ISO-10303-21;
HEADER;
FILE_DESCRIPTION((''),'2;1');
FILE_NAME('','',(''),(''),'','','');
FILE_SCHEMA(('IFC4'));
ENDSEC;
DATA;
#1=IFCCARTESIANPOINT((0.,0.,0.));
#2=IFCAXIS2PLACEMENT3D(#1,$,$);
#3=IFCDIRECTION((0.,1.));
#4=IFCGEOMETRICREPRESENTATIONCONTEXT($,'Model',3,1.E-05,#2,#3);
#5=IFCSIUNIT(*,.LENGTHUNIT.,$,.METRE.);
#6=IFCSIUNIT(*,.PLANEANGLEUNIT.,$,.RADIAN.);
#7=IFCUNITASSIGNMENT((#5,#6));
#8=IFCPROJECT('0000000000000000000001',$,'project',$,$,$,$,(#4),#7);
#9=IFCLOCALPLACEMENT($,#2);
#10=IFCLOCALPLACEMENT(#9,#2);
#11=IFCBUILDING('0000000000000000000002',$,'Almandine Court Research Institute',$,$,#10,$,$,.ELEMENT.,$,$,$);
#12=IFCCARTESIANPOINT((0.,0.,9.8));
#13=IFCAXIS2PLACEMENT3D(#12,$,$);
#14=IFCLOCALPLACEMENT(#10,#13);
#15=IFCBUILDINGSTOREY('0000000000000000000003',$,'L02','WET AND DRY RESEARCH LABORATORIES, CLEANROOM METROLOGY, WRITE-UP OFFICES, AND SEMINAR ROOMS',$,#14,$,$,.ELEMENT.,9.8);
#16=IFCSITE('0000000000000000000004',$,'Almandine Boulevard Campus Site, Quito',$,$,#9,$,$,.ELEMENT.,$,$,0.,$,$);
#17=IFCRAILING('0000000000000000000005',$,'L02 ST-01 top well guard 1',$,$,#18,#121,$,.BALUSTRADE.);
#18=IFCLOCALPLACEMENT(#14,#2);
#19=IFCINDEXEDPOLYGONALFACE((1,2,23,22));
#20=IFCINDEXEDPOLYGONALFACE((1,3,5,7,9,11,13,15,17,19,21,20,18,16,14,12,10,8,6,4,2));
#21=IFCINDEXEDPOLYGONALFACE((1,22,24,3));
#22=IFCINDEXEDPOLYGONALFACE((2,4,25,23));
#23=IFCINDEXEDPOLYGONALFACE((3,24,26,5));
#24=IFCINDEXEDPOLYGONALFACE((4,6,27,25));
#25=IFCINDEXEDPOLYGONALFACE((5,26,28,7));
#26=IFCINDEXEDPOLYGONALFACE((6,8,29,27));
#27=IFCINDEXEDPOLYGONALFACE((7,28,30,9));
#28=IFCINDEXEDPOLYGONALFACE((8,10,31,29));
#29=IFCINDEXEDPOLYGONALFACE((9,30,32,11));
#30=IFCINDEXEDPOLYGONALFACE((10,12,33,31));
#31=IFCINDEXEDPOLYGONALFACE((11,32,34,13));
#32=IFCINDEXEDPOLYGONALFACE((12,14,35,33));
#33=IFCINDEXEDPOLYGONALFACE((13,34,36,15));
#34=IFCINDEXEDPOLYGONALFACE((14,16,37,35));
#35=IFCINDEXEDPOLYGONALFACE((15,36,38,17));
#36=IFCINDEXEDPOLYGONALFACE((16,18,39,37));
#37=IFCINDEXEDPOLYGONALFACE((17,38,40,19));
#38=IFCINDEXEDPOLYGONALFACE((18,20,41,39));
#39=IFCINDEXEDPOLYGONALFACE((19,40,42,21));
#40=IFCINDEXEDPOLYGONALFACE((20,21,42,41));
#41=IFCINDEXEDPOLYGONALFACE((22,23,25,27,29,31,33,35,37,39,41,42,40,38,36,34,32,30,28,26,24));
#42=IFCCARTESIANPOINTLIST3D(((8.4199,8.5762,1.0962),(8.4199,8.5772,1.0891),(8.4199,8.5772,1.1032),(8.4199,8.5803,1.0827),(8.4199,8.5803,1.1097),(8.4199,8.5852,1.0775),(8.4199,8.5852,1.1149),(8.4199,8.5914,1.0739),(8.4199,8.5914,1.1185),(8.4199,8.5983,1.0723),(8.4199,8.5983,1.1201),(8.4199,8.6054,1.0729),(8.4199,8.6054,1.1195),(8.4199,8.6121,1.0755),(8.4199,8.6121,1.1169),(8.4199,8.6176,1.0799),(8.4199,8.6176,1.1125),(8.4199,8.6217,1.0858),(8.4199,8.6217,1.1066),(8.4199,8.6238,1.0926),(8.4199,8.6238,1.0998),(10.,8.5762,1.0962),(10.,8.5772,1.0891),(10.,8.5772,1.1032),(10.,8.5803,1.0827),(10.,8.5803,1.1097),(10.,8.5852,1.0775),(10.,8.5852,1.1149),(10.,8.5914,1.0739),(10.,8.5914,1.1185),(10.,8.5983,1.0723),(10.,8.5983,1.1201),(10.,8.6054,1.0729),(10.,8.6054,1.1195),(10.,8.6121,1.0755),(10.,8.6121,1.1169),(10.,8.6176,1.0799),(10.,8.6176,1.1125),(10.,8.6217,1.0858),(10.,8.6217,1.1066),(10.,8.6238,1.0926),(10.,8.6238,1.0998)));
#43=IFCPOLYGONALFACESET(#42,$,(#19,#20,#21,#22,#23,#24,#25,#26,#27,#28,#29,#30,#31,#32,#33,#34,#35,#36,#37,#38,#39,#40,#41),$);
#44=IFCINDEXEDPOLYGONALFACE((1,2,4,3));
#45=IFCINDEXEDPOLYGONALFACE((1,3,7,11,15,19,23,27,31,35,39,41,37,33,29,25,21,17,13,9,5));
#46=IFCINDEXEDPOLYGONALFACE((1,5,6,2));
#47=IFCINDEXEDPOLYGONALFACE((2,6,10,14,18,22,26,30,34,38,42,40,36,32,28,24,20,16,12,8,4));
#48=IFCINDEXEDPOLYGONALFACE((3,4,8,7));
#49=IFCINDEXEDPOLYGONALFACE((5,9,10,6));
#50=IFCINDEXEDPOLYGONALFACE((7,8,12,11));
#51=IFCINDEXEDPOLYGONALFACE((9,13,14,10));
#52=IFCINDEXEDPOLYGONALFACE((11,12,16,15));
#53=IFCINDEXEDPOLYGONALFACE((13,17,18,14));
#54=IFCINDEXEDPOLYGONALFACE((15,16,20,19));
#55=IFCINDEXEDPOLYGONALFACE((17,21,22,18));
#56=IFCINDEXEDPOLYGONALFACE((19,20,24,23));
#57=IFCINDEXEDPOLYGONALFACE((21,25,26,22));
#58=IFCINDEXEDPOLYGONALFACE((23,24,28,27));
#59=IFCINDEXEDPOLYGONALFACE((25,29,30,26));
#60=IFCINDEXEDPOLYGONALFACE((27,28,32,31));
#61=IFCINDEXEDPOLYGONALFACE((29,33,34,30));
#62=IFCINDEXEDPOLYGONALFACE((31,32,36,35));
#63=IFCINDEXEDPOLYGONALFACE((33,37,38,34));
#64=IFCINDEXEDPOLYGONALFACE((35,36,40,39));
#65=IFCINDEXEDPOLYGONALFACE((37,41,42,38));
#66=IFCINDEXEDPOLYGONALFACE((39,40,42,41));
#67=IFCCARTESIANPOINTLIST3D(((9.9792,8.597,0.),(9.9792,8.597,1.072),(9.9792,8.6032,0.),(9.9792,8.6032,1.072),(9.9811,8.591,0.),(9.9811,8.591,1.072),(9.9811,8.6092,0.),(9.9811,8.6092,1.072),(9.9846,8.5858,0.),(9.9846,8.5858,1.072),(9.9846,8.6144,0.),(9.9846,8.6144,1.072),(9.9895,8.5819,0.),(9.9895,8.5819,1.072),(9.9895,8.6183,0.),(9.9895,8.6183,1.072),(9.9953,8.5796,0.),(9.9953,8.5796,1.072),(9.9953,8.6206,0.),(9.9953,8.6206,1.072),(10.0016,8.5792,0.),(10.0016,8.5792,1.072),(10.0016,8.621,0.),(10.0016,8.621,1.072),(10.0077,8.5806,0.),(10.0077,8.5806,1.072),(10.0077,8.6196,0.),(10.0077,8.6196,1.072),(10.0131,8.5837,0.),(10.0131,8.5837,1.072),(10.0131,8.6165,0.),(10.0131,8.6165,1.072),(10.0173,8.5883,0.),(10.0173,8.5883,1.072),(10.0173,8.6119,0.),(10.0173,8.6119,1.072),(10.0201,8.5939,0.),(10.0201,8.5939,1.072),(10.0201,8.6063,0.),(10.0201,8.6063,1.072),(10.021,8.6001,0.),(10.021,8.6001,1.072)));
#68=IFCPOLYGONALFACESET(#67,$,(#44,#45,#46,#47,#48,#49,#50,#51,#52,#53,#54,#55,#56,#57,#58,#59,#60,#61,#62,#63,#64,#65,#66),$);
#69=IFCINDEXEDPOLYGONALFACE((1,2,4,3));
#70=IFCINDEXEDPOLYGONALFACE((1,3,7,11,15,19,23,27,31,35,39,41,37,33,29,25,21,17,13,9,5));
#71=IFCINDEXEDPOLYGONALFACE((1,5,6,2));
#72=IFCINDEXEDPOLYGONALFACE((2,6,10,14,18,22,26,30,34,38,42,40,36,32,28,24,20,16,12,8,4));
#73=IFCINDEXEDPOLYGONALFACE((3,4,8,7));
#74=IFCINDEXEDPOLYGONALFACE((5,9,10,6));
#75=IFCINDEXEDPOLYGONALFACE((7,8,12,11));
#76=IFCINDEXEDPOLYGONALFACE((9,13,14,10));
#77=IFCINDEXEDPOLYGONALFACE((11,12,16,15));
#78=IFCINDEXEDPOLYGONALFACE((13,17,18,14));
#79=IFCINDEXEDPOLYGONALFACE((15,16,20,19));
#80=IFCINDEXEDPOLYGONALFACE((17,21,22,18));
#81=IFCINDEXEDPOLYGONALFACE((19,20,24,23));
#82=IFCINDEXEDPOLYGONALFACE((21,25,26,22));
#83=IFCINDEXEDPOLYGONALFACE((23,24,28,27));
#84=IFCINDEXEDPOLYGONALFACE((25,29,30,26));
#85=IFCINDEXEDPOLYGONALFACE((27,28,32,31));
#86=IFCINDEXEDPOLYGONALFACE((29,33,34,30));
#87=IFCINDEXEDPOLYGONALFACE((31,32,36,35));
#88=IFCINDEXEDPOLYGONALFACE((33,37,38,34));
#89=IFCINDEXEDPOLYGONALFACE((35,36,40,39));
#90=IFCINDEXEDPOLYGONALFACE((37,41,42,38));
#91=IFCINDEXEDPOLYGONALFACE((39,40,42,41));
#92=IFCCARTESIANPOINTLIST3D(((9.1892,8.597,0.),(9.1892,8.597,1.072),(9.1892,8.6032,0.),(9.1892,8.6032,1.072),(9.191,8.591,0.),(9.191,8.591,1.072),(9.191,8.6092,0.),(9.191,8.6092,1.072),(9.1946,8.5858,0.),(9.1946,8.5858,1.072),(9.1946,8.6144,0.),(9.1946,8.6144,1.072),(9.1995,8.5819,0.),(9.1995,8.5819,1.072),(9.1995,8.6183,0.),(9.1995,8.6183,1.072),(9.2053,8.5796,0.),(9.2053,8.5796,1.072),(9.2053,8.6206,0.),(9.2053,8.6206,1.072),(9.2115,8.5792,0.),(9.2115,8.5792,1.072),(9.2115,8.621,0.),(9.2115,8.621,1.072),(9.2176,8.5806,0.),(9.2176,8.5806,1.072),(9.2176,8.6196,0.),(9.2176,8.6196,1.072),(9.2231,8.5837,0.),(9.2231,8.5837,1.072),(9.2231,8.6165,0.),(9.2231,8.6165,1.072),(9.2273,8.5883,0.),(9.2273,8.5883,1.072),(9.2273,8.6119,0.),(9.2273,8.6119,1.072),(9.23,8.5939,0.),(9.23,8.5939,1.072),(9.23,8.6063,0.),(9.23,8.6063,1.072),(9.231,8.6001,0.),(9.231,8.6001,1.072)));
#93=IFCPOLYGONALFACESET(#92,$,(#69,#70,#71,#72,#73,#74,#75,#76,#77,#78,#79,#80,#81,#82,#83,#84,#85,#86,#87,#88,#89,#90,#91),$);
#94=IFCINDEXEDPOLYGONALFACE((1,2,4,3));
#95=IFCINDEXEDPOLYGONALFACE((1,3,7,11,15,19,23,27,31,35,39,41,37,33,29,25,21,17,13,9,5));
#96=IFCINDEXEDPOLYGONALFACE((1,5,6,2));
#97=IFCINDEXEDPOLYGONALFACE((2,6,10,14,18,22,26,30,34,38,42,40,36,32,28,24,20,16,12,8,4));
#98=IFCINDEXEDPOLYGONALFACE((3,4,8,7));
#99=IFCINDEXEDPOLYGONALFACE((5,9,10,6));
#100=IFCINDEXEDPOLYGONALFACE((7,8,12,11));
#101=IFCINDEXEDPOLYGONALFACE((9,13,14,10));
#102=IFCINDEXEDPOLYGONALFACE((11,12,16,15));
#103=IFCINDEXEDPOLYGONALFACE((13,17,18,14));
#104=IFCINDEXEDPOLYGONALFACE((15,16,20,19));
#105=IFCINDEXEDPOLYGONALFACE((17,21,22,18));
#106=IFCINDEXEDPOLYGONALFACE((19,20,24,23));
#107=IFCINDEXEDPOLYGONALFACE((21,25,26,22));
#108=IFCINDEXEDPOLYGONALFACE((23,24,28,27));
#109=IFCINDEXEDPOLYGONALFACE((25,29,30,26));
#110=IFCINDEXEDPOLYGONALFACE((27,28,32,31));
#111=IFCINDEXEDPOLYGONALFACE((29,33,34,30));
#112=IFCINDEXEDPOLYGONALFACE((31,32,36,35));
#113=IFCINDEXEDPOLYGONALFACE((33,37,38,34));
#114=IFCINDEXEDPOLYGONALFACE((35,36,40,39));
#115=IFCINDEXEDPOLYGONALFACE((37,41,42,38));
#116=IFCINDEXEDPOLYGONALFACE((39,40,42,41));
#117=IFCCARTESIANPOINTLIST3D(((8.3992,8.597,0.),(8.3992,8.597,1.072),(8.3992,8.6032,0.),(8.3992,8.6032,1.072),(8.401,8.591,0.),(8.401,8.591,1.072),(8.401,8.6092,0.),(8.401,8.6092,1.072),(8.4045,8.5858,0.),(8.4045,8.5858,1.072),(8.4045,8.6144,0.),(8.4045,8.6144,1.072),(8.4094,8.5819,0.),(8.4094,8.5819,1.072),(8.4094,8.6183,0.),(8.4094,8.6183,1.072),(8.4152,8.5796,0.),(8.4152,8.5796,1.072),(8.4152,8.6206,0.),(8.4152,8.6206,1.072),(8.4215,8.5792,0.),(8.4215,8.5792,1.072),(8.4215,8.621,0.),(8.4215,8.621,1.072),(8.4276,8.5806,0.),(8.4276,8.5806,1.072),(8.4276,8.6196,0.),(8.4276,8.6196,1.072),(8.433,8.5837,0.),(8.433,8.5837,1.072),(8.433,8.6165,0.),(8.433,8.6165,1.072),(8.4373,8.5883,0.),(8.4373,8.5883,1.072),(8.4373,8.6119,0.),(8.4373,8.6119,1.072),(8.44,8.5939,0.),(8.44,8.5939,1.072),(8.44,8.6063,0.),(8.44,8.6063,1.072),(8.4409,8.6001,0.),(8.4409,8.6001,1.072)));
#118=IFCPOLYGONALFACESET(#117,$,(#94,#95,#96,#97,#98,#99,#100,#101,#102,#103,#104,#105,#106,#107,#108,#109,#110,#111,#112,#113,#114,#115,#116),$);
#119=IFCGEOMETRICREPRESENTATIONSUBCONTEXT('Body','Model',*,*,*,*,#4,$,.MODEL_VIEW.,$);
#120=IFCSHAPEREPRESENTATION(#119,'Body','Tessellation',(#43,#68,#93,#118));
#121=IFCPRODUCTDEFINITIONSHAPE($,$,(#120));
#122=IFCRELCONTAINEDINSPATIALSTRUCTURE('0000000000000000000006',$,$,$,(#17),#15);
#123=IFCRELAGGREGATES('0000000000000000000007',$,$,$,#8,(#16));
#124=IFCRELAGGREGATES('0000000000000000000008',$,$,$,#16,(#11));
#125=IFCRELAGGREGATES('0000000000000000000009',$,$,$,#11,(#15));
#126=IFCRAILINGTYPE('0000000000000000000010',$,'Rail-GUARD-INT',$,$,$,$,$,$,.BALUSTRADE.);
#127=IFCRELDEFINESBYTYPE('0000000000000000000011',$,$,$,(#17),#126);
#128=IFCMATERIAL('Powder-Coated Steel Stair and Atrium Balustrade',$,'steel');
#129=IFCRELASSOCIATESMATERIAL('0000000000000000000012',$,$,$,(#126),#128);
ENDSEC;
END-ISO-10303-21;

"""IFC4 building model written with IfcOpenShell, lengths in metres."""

from ifc_helpers import new_model, si_unit, direction, frame, origin, origin_2d, place, context, subcontext, project, spatial, circle, extrude, material, type_object, element, save


model = new_model("IFC4")

# Units and contexts
model_context = context("Model", 3, precision=1e-05, world=origin(), true_north=direction((0.0, 1.0)))
body_context = subcontext(model_context, "Body", "Model", "MODEL_VIEW")
ifc_project = project(units=[si_unit("LENGTHUNIT", "METRE"), si_unit("PLANEANGLEUNIT", "RADIAN")], contexts=[model_context])

# Site, building, storey
site_placement = place(None, origin())
site = spatial("IfcSite", under=ifc_project, at=site_placement, Name="Almandine Boulevard Campus Site, Quito", CompositionType="ELEMENT", RefElevation=0.0)
building_placement = place(site_placement, origin())
building = spatial("IfcBuilding", under=site, at=building_placement, Name="Almandine Court Research Institute", CompositionType="ELEMENT")
storey_placement = place(building_placement, frame((0.0, 0.0, 9.8)))
storey = spatial("IfcBuildingStorey", under=building, at=storey_placement, Name="L02", Description="WET AND DRY RESEARCH LABORATORIES, CLEANROOM METROLOGY, WRITE-UP OFFICES, AND SEMINAR ROOMS", CompositionType="ELEMENT", Elevation=9.8)

# Railing
ifc_material_1 = material(Name="Powder-Coated Steel Stair and Atrium Balustrade", Category="steel")
railing_type = type_object("IfcRailingType", Name="Rail-GUARD-INT", PredefinedType="BALUSTRADE", material=ifc_material_1)
railing_placement = place(storey_placement, frame((10.0, 8.6001, 0.0)))
element("IfcRailing", 1, at=railing_placement, inside=storey, type_object=railing_type, Name="L02 ST-01 top well guard 1", PredefinedType="BALUSTRADE", context=body_context, shape_type="SweptSolid", body=[
    extrude(circle(Radius=0.0239, at=origin_2d()), frame((0.0, 0.0, 1.0962), z_axis=(-1.0, 0.0, 0.0), x_axis=(0.0, -1.0, 0.0)), (0.0, 0.0, 1.0), 1.5801),
    extrude(circle(Radius=0.021, at=origin_2d()), origin(), (0.0, 0.0, 1.0), 1.072),
    extrude(circle(Radius=0.021, at=origin_2d()), frame((-0.79, 0.0, 0.0)), (0.0, 0.0, 1.0), 1.072),
    extrude(circle(Radius=0.021, at=origin_2d()), frame((-1.5801, 0.0, 0.0)), (0.0, 0.0, 1.0), 1.072),
])

save(model, "model.ifc")
